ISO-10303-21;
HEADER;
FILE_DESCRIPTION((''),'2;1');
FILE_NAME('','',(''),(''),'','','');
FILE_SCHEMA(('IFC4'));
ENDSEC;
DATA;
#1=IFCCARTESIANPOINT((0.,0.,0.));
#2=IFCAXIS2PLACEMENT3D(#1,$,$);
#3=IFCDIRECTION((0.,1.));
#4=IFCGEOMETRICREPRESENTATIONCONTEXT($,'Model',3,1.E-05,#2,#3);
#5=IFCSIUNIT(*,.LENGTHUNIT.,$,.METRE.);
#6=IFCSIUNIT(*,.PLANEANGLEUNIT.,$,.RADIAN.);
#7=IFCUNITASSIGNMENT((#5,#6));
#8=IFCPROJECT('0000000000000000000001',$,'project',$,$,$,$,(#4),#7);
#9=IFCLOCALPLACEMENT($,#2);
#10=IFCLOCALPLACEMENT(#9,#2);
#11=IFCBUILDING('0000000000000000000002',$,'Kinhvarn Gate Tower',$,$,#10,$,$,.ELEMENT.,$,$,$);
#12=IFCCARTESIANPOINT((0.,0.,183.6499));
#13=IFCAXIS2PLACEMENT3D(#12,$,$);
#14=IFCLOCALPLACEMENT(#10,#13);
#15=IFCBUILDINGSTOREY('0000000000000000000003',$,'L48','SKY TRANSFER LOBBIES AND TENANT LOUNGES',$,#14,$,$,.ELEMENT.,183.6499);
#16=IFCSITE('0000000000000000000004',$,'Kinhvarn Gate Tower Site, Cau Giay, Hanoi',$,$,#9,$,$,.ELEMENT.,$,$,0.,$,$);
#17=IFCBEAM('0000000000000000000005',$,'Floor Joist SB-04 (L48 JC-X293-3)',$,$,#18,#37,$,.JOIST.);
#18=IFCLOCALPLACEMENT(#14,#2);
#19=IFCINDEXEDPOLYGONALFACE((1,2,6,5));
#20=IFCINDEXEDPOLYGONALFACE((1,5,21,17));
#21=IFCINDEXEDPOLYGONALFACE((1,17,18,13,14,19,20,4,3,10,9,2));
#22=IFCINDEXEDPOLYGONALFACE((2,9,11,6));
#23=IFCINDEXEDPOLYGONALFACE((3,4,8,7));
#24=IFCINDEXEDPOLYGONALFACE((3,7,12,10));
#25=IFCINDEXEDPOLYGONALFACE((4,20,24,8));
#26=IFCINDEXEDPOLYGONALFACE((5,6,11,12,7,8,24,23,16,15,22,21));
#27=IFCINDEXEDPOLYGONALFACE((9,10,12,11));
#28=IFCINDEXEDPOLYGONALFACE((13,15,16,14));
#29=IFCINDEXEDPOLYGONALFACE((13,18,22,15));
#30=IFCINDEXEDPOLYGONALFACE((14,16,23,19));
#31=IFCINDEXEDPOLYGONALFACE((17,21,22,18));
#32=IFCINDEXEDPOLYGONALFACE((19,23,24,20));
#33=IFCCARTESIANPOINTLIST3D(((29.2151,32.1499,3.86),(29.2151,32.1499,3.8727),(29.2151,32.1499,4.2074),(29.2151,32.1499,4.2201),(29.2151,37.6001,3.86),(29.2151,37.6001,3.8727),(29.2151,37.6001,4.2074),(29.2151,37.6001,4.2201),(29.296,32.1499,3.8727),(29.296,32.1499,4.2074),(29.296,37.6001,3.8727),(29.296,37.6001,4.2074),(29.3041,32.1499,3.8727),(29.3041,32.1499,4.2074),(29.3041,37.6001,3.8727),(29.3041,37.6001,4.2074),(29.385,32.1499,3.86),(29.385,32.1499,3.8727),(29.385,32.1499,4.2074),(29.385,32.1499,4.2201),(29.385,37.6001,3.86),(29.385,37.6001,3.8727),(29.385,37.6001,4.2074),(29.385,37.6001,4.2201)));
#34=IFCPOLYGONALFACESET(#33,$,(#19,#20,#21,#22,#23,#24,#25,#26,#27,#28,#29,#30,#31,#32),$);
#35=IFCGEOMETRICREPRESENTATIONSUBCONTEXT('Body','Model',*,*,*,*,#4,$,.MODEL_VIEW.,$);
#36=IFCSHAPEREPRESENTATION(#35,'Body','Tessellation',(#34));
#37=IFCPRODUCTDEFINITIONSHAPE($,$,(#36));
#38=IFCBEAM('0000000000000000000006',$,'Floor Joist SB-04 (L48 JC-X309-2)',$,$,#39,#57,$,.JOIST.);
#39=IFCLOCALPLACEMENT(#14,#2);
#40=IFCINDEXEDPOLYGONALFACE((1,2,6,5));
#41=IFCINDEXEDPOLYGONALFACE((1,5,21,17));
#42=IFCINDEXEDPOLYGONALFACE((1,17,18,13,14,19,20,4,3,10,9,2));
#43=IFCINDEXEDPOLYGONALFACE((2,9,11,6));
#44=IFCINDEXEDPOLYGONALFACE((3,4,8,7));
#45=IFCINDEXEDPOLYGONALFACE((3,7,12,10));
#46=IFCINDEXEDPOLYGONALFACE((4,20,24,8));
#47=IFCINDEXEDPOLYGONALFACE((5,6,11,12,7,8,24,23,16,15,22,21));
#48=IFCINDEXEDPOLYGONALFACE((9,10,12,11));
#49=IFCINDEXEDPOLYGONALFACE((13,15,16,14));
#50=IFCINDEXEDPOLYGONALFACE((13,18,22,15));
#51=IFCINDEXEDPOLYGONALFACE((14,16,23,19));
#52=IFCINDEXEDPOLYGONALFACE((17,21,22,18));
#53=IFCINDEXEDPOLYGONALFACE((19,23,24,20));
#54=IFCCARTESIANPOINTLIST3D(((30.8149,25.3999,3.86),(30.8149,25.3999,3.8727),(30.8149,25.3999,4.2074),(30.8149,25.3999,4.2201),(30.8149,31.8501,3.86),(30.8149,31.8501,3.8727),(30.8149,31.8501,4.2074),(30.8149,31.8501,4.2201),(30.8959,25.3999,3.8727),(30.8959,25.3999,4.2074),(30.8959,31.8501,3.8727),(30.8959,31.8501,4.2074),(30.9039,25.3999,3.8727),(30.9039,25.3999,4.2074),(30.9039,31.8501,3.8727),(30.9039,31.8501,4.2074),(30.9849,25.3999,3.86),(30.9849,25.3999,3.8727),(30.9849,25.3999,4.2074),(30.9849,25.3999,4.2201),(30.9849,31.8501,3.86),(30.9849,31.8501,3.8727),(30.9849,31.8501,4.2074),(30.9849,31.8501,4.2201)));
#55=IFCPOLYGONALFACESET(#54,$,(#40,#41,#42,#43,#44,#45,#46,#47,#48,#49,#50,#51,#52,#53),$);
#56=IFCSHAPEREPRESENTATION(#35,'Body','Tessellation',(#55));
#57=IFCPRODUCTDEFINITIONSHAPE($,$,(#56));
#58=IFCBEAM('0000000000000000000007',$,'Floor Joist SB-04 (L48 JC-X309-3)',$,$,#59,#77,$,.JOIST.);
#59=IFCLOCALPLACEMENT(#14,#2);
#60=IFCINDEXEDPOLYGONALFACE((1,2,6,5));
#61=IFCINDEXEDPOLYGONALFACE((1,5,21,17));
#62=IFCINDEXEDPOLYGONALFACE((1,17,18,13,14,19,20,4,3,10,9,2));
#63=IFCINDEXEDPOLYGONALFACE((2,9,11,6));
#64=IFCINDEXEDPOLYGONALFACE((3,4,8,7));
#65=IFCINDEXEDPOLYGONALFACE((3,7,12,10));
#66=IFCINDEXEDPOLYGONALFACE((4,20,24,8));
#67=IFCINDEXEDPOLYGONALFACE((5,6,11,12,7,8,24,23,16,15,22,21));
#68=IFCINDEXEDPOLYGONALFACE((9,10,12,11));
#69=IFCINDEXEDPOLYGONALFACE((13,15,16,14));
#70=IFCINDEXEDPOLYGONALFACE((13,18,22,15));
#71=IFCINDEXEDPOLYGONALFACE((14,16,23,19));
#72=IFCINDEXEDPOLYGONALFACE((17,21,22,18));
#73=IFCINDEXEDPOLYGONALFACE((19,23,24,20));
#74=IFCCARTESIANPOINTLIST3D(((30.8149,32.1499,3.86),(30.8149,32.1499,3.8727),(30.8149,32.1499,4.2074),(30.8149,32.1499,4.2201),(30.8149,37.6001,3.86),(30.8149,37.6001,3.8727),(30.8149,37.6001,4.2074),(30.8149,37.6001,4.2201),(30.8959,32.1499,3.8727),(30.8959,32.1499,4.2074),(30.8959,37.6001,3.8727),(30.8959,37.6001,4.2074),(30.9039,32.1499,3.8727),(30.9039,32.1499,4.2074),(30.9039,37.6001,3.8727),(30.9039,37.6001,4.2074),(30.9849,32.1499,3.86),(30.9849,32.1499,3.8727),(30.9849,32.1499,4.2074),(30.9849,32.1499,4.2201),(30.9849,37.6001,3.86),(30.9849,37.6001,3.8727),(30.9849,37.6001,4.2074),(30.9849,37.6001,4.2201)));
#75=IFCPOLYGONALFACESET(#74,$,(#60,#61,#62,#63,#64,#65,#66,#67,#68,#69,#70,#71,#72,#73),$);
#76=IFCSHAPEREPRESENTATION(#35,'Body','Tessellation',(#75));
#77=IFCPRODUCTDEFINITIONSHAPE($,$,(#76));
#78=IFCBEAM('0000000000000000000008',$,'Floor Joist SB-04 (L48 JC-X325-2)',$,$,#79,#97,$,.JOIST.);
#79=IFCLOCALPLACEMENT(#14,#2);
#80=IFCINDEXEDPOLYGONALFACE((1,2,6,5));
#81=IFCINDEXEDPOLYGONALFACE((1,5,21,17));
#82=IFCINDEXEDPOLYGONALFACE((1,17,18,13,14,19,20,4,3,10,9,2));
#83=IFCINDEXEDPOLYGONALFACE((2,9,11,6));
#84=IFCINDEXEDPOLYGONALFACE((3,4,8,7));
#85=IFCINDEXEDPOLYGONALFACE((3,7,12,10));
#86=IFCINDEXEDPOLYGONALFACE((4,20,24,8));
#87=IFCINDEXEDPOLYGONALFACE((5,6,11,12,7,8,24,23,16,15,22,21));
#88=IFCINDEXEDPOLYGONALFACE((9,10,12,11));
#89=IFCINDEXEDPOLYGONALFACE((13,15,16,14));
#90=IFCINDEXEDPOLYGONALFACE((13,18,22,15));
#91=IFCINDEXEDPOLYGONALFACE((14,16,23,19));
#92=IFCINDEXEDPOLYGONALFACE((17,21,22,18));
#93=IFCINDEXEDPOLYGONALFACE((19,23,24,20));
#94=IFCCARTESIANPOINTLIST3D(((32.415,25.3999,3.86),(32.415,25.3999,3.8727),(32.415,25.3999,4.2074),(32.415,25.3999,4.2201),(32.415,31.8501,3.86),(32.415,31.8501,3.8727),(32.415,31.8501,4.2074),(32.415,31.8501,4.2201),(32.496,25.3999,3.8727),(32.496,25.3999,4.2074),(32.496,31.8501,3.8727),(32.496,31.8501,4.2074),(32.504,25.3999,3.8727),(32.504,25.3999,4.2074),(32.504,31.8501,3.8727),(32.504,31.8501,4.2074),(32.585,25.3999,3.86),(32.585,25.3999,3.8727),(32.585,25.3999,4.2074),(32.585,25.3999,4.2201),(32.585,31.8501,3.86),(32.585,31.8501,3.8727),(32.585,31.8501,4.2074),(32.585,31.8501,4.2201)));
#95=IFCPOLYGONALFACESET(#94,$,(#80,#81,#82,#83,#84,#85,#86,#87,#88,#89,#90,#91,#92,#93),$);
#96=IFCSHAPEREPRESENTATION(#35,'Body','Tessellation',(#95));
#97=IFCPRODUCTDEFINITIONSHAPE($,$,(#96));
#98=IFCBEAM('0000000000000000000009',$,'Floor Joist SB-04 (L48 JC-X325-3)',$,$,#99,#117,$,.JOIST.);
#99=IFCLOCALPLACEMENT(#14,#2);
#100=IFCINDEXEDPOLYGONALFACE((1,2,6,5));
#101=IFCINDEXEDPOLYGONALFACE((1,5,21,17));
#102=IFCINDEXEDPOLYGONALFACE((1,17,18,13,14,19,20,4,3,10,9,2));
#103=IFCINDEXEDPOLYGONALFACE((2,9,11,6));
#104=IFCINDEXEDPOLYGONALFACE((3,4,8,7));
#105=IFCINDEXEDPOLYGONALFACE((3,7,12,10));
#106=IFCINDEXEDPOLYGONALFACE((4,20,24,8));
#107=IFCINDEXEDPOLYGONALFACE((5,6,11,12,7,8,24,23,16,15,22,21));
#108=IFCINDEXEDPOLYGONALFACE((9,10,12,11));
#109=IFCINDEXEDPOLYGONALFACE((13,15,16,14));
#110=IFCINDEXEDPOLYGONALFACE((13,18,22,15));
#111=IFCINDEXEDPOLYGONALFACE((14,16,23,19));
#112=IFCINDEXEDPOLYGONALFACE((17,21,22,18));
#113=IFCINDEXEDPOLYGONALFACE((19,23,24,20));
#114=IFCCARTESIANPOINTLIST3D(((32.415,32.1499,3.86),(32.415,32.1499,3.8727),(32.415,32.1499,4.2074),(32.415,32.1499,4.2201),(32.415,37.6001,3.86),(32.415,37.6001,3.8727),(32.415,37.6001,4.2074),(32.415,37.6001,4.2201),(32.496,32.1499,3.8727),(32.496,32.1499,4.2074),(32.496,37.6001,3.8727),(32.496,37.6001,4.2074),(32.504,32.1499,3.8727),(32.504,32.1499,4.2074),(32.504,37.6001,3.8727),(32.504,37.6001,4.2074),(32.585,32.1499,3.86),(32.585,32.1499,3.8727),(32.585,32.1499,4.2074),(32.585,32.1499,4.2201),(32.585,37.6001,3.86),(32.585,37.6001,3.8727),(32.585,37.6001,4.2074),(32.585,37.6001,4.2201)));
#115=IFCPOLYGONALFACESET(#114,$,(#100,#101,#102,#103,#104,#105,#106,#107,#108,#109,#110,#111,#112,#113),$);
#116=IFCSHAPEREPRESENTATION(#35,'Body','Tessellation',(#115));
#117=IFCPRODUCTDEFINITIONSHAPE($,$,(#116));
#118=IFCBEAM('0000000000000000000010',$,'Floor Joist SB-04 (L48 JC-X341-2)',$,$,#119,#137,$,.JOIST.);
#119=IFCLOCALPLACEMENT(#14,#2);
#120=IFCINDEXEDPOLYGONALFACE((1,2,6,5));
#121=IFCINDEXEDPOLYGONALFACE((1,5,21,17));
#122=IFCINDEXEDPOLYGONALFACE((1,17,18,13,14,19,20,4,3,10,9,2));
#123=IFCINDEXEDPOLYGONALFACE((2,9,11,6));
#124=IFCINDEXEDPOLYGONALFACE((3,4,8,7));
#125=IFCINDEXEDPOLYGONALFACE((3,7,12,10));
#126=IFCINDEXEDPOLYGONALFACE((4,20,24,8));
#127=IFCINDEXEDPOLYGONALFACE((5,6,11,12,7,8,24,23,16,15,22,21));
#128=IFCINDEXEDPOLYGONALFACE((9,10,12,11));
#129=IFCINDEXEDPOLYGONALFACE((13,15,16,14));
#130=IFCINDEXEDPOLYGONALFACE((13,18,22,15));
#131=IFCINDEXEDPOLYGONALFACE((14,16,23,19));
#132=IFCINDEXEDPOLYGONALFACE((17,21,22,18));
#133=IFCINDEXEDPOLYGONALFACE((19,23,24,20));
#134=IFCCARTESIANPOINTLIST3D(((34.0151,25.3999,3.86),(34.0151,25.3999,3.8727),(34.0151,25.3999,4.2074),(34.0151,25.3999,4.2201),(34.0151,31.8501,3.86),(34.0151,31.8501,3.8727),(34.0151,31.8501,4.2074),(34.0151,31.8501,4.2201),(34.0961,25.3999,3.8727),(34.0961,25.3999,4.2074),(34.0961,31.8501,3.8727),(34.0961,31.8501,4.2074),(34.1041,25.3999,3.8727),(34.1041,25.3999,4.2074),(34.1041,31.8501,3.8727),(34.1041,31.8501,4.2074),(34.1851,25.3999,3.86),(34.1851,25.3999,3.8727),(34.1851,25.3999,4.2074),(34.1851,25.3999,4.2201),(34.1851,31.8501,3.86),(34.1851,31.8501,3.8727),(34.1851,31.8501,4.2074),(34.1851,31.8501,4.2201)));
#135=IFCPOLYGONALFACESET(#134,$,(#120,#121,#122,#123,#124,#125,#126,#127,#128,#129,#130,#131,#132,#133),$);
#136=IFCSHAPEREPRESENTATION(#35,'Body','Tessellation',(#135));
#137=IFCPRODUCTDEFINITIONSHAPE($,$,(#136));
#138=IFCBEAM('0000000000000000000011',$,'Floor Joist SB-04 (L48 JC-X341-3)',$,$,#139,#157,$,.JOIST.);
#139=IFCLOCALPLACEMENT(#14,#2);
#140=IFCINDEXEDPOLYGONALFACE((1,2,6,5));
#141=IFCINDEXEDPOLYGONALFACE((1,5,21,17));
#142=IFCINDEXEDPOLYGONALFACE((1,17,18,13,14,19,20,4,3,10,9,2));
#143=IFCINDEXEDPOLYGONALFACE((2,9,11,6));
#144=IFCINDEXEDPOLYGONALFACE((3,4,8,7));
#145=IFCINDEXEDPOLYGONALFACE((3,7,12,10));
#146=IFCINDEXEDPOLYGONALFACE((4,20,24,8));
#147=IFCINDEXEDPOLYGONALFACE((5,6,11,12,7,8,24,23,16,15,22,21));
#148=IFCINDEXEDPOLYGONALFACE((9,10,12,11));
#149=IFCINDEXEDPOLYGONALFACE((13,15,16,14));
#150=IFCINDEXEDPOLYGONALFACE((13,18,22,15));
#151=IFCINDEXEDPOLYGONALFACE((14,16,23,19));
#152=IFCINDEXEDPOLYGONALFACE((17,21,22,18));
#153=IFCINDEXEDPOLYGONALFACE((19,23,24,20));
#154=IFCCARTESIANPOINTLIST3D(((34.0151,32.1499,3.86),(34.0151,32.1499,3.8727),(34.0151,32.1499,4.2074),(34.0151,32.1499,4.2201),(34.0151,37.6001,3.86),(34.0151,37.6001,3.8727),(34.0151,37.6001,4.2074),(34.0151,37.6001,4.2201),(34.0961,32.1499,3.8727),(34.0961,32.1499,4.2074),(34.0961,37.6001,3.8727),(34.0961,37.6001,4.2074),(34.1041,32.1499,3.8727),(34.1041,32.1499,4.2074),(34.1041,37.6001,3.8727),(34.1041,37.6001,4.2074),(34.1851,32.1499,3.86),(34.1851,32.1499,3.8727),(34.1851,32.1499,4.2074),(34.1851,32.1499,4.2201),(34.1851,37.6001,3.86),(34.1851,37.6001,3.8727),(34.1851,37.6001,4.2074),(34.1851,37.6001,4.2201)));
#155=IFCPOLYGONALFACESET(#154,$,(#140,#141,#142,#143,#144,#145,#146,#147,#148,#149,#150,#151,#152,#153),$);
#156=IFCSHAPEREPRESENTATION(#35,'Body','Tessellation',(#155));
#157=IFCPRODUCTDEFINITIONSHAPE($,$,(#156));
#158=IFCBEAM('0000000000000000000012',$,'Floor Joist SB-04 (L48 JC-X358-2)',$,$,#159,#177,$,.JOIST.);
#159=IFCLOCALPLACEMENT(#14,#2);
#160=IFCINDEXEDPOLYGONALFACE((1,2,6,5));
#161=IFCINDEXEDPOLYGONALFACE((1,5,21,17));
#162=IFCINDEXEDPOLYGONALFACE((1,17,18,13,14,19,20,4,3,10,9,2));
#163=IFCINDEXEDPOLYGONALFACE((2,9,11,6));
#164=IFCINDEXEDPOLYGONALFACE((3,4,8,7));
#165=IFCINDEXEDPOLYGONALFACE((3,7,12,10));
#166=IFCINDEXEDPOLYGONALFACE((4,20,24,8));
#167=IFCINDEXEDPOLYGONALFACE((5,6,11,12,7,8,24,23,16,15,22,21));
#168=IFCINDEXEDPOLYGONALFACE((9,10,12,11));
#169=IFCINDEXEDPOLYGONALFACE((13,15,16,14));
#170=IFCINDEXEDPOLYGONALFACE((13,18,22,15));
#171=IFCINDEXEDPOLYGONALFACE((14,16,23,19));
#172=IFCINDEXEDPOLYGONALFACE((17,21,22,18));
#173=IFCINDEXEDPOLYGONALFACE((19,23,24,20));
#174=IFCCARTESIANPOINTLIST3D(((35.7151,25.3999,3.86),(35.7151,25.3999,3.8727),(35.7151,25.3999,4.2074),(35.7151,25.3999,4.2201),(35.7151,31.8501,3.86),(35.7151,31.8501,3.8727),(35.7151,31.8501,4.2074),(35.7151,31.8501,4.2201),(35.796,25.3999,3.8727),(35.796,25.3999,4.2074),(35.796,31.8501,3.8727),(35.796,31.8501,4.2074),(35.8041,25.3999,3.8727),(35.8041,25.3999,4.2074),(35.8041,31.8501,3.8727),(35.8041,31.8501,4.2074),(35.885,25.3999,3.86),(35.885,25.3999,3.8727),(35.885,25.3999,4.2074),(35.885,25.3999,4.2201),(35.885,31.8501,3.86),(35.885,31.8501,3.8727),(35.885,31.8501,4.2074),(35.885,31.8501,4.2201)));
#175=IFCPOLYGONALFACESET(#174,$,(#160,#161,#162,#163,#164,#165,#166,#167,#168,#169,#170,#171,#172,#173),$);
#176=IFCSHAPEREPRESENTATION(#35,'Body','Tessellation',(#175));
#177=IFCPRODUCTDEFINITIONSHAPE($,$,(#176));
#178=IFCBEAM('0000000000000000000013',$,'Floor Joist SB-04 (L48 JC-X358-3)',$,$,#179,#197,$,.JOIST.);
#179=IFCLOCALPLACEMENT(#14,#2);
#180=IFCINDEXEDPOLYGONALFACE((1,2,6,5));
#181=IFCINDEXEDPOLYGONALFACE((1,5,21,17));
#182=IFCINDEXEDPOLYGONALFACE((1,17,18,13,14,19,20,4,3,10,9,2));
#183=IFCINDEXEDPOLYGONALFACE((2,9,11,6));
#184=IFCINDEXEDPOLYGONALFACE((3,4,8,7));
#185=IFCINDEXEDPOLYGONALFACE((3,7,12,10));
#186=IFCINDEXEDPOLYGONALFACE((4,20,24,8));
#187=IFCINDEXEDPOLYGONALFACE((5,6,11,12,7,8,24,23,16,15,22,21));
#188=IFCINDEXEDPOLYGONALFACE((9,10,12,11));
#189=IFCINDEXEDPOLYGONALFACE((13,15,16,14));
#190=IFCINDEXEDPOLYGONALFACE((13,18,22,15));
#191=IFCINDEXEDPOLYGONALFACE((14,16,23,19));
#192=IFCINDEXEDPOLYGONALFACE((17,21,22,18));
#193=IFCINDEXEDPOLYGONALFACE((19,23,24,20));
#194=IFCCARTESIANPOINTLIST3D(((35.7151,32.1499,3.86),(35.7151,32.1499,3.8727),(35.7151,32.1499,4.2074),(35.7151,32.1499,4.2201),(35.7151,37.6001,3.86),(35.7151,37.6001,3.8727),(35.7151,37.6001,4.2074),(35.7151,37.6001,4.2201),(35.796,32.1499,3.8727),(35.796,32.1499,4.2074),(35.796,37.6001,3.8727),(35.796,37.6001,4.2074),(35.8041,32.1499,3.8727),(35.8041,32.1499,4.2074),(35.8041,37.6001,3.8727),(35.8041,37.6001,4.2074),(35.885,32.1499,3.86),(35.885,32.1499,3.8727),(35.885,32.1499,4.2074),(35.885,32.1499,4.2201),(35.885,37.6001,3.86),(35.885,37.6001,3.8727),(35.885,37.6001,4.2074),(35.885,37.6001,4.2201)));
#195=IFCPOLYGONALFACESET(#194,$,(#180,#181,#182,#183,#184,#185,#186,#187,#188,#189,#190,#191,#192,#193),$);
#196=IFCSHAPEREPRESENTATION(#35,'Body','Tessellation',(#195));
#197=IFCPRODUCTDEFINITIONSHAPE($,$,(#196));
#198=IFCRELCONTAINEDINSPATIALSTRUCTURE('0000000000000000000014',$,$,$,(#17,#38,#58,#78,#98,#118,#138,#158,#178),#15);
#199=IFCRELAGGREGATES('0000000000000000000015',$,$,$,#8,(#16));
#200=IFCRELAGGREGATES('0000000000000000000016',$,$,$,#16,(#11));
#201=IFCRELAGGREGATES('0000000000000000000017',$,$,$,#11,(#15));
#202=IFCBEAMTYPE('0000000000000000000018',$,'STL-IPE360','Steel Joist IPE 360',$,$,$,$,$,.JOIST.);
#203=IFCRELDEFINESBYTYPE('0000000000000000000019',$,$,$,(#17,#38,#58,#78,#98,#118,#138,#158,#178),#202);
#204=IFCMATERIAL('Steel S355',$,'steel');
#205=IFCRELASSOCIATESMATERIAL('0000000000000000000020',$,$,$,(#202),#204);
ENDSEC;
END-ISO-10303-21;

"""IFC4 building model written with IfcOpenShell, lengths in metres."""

from ifc_helpers import new_model, si_unit, direction, frame, origin, origin_2d, place, context, subcontext, project, spatial, i_section, extrude, material, material_profile, profile_set, type_object, element, save


model = new_model("IFC4")

# Units and contexts
model_context = context("Model", 3, precision=1e-05, world=origin(), true_north=direction((0.0, 1.0)))
body_context = subcontext(model_context, "Body", "Model", "MODEL_VIEW")
ifc_project = project(units=[si_unit("LENGTHUNIT", "METRE"), si_unit("PLANEANGLEUNIT", "RADIAN")], contexts=[model_context])

# Site, building, storey
site_placement = place(None, origin())
site = spatial("IfcSite", under=ifc_project, at=site_placement, Name="Kinhvarn Gate Tower Site, Cau Giay, Hanoi", CompositionType="ELEMENT", RefElevation=0.0)
building_placement = place(site_placement, origin())
building = spatial("IfcBuilding", under=site, at=building_placement, Name="Kinhvarn Gate Tower", CompositionType="ELEMENT")
storey_placement = place(building_placement, frame((0.0, 0.0, 183.6499)))
storey = spatial("IfcBuildingStorey", under=building, at=storey_placement, Name="L48", Description="SKY TRANSFER LOBBIES AND TENANT LOUNGES", CompositionType="ELEMENT", Elevation=183.6499)

# Beams
ifc_material_1 = material(Name="Steel S355", Category="steel")
ifc_material_profile = material_profile(ifc_material_1, i_section(OverallWidth=0.1699, OverallDepth=0.3601, WebThickness=0.0081, FlangeThickness=0.0127, at=origin_2d()), Name="IPE 360")
ifc_profile_set = profile_set([ifc_material_profile], Name="Steel S355")
beam_type = type_object("IfcBeamType", Name="STL-IPE360", Description="Steel Joist IPE 360", PredefinedType="JOIST", material=ifc_profile_set)
beam_1_placement = place(storey_placement, frame((29.3, 32.1499, 4.04), z_axis=(0.0, 1.0, 0.0), x_axis=(-1.0, 0.0, 0.0)))
element("IfcBeam", 1, at=beam_1_placement, inside=storey, type_object=beam_type, Name="Floor Joist SB-04 (L48 JC-X293-3)", PredefinedType="JOIST", context=body_context, shape_type="SweptSolid", body=[
    extrude(i_section(OverallWidth=0.1699, OverallDepth=0.3601, WebThickness=0.0081, FlangeThickness=0.0127, at=origin_2d()), origin(), (0.0, 0.0, 1.0), 5.4502),
])
beam_2_placement = place(storey_placement, frame((30.8999, 25.3999, 4.04), z_axis=(0.0, 1.0, 0.0), x_axis=(-1.0, 0.0, 0.0)))
element("IfcBeam", 2, at=beam_2_placement, inside=storey, type_object=beam_type, Name="Floor Joist SB-04 (L48 JC-X309-2)", PredefinedType="JOIST", context=body_context, shape_type="SweptSolid", body=[
    extrude(i_section(OverallWidth=0.1699, OverallDepth=0.3601, WebThickness=0.0081, FlangeThickness=0.0127, at=origin_2d()), origin(), (0.0, 0.0, 1.0), 6.4502),
])
beam_3_placement = place(storey_placement, frame((30.8999, 32.1499, 4.04), z_axis=(0.0, 1.0, 0.0), x_axis=(-1.0, 0.0, 0.0)))
element("IfcBeam", 3, at=beam_3_placement, inside=storey, type_object=beam_type, Name="Floor Joist SB-04 (L48 JC-X309-3)", PredefinedType="JOIST", context=body_context, shape_type="SweptSolid", body=[
    extrude(i_section(OverallWidth=0.1699, OverallDepth=0.3601, WebThickness=0.0081, FlangeThickness=0.0127, at=origin_2d()), origin(), (0.0, 0.0, 1.0), 5.4502),
])
beam_4_placement = place(storey_placement, frame((32.5, 25.3999, 4.04), z_axis=(0.0, 1.0, 0.0), x_axis=(-1.0, 0.0, 0.0)))
element("IfcBeam", 4, at=beam_4_placement, inside=storey, type_object=beam_type, Name="Floor Joist SB-04 (L48 JC-X325-2)", PredefinedType="JOIST", context=body_context, shape_type="SweptSolid", body=[
    extrude(i_section(OverallWidth=0.1699, OverallDepth=0.3601, WebThickness=0.0081, FlangeThickness=0.0127, at=origin_2d()), origin(), (0.0, 0.0, 1.0), 6.4502),
])
beam_5_placement = place(storey_placement, frame((32.5, 32.1499, 4.04), z_axis=(0.0, 1.0, 0.0), x_axis=(-1.0, 0.0, 0.0)))
element("IfcBeam", 5, at=beam_5_placement, inside=storey, type_object=beam_type, Name="Floor Joist SB-04 (L48 JC-X325-3)", PredefinedType="JOIST", context=body_context, shape_type="SweptSolid", body=[
    extrude(i_section(OverallWidth=0.1699, OverallDepth=0.3601, WebThickness=0.0081, FlangeThickness=0.0127, at=origin_2d()), origin(), (0.0, 0.0, 1.0), 5.4502),
])
beam_6_placement = place(storey_placement, frame((34.1001, 25.3999, 4.04), z_axis=(0.0, 1.0, 0.0), x_axis=(-1.0, 0.0, 0.0)))
element("IfcBeam", 6, at=beam_6_placement, inside=storey, type_object=beam_type, Name="Floor Joist SB-04 (L48 JC-X341-2)", PredefinedType="JOIST", context=body_context, shape_type="SweptSolid", body=[
    extrude(i_section(OverallWidth=0.1699, OverallDepth=0.3601, WebThickness=0.0081, FlangeThickness=0.0127, at=origin_2d()), origin(), (0.0, 0.0, 1.0), 6.4502),
])
beam_7_placement = place(storey_placement, frame((34.1001, 32.1499, 4.04), z_axis=(0.0, 1.0, 0.0), x_axis=(-1.0, 0.0, 0.0)))
element("IfcBeam", 7, at=beam_7_placement, inside=storey, type_object=beam_type, Name="Floor Joist SB-04 (L48 JC-X341-3)", PredefinedType="JOIST", context=body_context, shape_type="SweptSolid", body=[
    extrude(i_section(OverallWidth=0.1699, OverallDepth=0.3601, WebThickness=0.0081, FlangeThickness=0.0127, at=origin_2d()), origin(), (0.0, 0.0, 1.0), 5.4502),
])
beam_8_placement = place(storey_placement, frame((35.8, 25.3999, 4.04), z_axis=(0.0, 1.0, 0.0), x_axis=(-1.0, 0.0, 0.0)))
element("IfcBeam", 8, at=beam_8_placement, inside=storey, type_object=beam_type, Name="Floor Joist SB-04 (L48 JC-X358-2)", PredefinedType="JOIST", context=body_context, shape_type="SweptSolid", body=[
    extrude(i_section(OverallWidth=0.1699, OverallDepth=0.3601, WebThickness=0.0081, FlangeThickness=0.0127, at=origin_2d()), origin(), (0.0, 0.0, 1.0), 6.4502),
])
beam_9_placement = place(storey_placement, frame((35.8, 32.1499, 4.04), z_axis=(0.0, 1.0, 0.0), x_axis=(-1.0, 0.0, 0.0)))
element("IfcBeam", 9, at=beam_9_placement, inside=storey, type_object=beam_type, Name="Floor Joist SB-04 (L48 JC-X358-3)", PredefinedType="JOIST", context=body_context, shape_type="SweptSolid", body=[
    extrude(i_section(OverallWidth=0.1699, OverallDepth=0.3601, WebThickness=0.0081, FlangeThickness=0.0127, at=origin_2d()), origin(), (0.0, 0.0, 1.0), 5.4502),
])

save(model, "model.ifc")
